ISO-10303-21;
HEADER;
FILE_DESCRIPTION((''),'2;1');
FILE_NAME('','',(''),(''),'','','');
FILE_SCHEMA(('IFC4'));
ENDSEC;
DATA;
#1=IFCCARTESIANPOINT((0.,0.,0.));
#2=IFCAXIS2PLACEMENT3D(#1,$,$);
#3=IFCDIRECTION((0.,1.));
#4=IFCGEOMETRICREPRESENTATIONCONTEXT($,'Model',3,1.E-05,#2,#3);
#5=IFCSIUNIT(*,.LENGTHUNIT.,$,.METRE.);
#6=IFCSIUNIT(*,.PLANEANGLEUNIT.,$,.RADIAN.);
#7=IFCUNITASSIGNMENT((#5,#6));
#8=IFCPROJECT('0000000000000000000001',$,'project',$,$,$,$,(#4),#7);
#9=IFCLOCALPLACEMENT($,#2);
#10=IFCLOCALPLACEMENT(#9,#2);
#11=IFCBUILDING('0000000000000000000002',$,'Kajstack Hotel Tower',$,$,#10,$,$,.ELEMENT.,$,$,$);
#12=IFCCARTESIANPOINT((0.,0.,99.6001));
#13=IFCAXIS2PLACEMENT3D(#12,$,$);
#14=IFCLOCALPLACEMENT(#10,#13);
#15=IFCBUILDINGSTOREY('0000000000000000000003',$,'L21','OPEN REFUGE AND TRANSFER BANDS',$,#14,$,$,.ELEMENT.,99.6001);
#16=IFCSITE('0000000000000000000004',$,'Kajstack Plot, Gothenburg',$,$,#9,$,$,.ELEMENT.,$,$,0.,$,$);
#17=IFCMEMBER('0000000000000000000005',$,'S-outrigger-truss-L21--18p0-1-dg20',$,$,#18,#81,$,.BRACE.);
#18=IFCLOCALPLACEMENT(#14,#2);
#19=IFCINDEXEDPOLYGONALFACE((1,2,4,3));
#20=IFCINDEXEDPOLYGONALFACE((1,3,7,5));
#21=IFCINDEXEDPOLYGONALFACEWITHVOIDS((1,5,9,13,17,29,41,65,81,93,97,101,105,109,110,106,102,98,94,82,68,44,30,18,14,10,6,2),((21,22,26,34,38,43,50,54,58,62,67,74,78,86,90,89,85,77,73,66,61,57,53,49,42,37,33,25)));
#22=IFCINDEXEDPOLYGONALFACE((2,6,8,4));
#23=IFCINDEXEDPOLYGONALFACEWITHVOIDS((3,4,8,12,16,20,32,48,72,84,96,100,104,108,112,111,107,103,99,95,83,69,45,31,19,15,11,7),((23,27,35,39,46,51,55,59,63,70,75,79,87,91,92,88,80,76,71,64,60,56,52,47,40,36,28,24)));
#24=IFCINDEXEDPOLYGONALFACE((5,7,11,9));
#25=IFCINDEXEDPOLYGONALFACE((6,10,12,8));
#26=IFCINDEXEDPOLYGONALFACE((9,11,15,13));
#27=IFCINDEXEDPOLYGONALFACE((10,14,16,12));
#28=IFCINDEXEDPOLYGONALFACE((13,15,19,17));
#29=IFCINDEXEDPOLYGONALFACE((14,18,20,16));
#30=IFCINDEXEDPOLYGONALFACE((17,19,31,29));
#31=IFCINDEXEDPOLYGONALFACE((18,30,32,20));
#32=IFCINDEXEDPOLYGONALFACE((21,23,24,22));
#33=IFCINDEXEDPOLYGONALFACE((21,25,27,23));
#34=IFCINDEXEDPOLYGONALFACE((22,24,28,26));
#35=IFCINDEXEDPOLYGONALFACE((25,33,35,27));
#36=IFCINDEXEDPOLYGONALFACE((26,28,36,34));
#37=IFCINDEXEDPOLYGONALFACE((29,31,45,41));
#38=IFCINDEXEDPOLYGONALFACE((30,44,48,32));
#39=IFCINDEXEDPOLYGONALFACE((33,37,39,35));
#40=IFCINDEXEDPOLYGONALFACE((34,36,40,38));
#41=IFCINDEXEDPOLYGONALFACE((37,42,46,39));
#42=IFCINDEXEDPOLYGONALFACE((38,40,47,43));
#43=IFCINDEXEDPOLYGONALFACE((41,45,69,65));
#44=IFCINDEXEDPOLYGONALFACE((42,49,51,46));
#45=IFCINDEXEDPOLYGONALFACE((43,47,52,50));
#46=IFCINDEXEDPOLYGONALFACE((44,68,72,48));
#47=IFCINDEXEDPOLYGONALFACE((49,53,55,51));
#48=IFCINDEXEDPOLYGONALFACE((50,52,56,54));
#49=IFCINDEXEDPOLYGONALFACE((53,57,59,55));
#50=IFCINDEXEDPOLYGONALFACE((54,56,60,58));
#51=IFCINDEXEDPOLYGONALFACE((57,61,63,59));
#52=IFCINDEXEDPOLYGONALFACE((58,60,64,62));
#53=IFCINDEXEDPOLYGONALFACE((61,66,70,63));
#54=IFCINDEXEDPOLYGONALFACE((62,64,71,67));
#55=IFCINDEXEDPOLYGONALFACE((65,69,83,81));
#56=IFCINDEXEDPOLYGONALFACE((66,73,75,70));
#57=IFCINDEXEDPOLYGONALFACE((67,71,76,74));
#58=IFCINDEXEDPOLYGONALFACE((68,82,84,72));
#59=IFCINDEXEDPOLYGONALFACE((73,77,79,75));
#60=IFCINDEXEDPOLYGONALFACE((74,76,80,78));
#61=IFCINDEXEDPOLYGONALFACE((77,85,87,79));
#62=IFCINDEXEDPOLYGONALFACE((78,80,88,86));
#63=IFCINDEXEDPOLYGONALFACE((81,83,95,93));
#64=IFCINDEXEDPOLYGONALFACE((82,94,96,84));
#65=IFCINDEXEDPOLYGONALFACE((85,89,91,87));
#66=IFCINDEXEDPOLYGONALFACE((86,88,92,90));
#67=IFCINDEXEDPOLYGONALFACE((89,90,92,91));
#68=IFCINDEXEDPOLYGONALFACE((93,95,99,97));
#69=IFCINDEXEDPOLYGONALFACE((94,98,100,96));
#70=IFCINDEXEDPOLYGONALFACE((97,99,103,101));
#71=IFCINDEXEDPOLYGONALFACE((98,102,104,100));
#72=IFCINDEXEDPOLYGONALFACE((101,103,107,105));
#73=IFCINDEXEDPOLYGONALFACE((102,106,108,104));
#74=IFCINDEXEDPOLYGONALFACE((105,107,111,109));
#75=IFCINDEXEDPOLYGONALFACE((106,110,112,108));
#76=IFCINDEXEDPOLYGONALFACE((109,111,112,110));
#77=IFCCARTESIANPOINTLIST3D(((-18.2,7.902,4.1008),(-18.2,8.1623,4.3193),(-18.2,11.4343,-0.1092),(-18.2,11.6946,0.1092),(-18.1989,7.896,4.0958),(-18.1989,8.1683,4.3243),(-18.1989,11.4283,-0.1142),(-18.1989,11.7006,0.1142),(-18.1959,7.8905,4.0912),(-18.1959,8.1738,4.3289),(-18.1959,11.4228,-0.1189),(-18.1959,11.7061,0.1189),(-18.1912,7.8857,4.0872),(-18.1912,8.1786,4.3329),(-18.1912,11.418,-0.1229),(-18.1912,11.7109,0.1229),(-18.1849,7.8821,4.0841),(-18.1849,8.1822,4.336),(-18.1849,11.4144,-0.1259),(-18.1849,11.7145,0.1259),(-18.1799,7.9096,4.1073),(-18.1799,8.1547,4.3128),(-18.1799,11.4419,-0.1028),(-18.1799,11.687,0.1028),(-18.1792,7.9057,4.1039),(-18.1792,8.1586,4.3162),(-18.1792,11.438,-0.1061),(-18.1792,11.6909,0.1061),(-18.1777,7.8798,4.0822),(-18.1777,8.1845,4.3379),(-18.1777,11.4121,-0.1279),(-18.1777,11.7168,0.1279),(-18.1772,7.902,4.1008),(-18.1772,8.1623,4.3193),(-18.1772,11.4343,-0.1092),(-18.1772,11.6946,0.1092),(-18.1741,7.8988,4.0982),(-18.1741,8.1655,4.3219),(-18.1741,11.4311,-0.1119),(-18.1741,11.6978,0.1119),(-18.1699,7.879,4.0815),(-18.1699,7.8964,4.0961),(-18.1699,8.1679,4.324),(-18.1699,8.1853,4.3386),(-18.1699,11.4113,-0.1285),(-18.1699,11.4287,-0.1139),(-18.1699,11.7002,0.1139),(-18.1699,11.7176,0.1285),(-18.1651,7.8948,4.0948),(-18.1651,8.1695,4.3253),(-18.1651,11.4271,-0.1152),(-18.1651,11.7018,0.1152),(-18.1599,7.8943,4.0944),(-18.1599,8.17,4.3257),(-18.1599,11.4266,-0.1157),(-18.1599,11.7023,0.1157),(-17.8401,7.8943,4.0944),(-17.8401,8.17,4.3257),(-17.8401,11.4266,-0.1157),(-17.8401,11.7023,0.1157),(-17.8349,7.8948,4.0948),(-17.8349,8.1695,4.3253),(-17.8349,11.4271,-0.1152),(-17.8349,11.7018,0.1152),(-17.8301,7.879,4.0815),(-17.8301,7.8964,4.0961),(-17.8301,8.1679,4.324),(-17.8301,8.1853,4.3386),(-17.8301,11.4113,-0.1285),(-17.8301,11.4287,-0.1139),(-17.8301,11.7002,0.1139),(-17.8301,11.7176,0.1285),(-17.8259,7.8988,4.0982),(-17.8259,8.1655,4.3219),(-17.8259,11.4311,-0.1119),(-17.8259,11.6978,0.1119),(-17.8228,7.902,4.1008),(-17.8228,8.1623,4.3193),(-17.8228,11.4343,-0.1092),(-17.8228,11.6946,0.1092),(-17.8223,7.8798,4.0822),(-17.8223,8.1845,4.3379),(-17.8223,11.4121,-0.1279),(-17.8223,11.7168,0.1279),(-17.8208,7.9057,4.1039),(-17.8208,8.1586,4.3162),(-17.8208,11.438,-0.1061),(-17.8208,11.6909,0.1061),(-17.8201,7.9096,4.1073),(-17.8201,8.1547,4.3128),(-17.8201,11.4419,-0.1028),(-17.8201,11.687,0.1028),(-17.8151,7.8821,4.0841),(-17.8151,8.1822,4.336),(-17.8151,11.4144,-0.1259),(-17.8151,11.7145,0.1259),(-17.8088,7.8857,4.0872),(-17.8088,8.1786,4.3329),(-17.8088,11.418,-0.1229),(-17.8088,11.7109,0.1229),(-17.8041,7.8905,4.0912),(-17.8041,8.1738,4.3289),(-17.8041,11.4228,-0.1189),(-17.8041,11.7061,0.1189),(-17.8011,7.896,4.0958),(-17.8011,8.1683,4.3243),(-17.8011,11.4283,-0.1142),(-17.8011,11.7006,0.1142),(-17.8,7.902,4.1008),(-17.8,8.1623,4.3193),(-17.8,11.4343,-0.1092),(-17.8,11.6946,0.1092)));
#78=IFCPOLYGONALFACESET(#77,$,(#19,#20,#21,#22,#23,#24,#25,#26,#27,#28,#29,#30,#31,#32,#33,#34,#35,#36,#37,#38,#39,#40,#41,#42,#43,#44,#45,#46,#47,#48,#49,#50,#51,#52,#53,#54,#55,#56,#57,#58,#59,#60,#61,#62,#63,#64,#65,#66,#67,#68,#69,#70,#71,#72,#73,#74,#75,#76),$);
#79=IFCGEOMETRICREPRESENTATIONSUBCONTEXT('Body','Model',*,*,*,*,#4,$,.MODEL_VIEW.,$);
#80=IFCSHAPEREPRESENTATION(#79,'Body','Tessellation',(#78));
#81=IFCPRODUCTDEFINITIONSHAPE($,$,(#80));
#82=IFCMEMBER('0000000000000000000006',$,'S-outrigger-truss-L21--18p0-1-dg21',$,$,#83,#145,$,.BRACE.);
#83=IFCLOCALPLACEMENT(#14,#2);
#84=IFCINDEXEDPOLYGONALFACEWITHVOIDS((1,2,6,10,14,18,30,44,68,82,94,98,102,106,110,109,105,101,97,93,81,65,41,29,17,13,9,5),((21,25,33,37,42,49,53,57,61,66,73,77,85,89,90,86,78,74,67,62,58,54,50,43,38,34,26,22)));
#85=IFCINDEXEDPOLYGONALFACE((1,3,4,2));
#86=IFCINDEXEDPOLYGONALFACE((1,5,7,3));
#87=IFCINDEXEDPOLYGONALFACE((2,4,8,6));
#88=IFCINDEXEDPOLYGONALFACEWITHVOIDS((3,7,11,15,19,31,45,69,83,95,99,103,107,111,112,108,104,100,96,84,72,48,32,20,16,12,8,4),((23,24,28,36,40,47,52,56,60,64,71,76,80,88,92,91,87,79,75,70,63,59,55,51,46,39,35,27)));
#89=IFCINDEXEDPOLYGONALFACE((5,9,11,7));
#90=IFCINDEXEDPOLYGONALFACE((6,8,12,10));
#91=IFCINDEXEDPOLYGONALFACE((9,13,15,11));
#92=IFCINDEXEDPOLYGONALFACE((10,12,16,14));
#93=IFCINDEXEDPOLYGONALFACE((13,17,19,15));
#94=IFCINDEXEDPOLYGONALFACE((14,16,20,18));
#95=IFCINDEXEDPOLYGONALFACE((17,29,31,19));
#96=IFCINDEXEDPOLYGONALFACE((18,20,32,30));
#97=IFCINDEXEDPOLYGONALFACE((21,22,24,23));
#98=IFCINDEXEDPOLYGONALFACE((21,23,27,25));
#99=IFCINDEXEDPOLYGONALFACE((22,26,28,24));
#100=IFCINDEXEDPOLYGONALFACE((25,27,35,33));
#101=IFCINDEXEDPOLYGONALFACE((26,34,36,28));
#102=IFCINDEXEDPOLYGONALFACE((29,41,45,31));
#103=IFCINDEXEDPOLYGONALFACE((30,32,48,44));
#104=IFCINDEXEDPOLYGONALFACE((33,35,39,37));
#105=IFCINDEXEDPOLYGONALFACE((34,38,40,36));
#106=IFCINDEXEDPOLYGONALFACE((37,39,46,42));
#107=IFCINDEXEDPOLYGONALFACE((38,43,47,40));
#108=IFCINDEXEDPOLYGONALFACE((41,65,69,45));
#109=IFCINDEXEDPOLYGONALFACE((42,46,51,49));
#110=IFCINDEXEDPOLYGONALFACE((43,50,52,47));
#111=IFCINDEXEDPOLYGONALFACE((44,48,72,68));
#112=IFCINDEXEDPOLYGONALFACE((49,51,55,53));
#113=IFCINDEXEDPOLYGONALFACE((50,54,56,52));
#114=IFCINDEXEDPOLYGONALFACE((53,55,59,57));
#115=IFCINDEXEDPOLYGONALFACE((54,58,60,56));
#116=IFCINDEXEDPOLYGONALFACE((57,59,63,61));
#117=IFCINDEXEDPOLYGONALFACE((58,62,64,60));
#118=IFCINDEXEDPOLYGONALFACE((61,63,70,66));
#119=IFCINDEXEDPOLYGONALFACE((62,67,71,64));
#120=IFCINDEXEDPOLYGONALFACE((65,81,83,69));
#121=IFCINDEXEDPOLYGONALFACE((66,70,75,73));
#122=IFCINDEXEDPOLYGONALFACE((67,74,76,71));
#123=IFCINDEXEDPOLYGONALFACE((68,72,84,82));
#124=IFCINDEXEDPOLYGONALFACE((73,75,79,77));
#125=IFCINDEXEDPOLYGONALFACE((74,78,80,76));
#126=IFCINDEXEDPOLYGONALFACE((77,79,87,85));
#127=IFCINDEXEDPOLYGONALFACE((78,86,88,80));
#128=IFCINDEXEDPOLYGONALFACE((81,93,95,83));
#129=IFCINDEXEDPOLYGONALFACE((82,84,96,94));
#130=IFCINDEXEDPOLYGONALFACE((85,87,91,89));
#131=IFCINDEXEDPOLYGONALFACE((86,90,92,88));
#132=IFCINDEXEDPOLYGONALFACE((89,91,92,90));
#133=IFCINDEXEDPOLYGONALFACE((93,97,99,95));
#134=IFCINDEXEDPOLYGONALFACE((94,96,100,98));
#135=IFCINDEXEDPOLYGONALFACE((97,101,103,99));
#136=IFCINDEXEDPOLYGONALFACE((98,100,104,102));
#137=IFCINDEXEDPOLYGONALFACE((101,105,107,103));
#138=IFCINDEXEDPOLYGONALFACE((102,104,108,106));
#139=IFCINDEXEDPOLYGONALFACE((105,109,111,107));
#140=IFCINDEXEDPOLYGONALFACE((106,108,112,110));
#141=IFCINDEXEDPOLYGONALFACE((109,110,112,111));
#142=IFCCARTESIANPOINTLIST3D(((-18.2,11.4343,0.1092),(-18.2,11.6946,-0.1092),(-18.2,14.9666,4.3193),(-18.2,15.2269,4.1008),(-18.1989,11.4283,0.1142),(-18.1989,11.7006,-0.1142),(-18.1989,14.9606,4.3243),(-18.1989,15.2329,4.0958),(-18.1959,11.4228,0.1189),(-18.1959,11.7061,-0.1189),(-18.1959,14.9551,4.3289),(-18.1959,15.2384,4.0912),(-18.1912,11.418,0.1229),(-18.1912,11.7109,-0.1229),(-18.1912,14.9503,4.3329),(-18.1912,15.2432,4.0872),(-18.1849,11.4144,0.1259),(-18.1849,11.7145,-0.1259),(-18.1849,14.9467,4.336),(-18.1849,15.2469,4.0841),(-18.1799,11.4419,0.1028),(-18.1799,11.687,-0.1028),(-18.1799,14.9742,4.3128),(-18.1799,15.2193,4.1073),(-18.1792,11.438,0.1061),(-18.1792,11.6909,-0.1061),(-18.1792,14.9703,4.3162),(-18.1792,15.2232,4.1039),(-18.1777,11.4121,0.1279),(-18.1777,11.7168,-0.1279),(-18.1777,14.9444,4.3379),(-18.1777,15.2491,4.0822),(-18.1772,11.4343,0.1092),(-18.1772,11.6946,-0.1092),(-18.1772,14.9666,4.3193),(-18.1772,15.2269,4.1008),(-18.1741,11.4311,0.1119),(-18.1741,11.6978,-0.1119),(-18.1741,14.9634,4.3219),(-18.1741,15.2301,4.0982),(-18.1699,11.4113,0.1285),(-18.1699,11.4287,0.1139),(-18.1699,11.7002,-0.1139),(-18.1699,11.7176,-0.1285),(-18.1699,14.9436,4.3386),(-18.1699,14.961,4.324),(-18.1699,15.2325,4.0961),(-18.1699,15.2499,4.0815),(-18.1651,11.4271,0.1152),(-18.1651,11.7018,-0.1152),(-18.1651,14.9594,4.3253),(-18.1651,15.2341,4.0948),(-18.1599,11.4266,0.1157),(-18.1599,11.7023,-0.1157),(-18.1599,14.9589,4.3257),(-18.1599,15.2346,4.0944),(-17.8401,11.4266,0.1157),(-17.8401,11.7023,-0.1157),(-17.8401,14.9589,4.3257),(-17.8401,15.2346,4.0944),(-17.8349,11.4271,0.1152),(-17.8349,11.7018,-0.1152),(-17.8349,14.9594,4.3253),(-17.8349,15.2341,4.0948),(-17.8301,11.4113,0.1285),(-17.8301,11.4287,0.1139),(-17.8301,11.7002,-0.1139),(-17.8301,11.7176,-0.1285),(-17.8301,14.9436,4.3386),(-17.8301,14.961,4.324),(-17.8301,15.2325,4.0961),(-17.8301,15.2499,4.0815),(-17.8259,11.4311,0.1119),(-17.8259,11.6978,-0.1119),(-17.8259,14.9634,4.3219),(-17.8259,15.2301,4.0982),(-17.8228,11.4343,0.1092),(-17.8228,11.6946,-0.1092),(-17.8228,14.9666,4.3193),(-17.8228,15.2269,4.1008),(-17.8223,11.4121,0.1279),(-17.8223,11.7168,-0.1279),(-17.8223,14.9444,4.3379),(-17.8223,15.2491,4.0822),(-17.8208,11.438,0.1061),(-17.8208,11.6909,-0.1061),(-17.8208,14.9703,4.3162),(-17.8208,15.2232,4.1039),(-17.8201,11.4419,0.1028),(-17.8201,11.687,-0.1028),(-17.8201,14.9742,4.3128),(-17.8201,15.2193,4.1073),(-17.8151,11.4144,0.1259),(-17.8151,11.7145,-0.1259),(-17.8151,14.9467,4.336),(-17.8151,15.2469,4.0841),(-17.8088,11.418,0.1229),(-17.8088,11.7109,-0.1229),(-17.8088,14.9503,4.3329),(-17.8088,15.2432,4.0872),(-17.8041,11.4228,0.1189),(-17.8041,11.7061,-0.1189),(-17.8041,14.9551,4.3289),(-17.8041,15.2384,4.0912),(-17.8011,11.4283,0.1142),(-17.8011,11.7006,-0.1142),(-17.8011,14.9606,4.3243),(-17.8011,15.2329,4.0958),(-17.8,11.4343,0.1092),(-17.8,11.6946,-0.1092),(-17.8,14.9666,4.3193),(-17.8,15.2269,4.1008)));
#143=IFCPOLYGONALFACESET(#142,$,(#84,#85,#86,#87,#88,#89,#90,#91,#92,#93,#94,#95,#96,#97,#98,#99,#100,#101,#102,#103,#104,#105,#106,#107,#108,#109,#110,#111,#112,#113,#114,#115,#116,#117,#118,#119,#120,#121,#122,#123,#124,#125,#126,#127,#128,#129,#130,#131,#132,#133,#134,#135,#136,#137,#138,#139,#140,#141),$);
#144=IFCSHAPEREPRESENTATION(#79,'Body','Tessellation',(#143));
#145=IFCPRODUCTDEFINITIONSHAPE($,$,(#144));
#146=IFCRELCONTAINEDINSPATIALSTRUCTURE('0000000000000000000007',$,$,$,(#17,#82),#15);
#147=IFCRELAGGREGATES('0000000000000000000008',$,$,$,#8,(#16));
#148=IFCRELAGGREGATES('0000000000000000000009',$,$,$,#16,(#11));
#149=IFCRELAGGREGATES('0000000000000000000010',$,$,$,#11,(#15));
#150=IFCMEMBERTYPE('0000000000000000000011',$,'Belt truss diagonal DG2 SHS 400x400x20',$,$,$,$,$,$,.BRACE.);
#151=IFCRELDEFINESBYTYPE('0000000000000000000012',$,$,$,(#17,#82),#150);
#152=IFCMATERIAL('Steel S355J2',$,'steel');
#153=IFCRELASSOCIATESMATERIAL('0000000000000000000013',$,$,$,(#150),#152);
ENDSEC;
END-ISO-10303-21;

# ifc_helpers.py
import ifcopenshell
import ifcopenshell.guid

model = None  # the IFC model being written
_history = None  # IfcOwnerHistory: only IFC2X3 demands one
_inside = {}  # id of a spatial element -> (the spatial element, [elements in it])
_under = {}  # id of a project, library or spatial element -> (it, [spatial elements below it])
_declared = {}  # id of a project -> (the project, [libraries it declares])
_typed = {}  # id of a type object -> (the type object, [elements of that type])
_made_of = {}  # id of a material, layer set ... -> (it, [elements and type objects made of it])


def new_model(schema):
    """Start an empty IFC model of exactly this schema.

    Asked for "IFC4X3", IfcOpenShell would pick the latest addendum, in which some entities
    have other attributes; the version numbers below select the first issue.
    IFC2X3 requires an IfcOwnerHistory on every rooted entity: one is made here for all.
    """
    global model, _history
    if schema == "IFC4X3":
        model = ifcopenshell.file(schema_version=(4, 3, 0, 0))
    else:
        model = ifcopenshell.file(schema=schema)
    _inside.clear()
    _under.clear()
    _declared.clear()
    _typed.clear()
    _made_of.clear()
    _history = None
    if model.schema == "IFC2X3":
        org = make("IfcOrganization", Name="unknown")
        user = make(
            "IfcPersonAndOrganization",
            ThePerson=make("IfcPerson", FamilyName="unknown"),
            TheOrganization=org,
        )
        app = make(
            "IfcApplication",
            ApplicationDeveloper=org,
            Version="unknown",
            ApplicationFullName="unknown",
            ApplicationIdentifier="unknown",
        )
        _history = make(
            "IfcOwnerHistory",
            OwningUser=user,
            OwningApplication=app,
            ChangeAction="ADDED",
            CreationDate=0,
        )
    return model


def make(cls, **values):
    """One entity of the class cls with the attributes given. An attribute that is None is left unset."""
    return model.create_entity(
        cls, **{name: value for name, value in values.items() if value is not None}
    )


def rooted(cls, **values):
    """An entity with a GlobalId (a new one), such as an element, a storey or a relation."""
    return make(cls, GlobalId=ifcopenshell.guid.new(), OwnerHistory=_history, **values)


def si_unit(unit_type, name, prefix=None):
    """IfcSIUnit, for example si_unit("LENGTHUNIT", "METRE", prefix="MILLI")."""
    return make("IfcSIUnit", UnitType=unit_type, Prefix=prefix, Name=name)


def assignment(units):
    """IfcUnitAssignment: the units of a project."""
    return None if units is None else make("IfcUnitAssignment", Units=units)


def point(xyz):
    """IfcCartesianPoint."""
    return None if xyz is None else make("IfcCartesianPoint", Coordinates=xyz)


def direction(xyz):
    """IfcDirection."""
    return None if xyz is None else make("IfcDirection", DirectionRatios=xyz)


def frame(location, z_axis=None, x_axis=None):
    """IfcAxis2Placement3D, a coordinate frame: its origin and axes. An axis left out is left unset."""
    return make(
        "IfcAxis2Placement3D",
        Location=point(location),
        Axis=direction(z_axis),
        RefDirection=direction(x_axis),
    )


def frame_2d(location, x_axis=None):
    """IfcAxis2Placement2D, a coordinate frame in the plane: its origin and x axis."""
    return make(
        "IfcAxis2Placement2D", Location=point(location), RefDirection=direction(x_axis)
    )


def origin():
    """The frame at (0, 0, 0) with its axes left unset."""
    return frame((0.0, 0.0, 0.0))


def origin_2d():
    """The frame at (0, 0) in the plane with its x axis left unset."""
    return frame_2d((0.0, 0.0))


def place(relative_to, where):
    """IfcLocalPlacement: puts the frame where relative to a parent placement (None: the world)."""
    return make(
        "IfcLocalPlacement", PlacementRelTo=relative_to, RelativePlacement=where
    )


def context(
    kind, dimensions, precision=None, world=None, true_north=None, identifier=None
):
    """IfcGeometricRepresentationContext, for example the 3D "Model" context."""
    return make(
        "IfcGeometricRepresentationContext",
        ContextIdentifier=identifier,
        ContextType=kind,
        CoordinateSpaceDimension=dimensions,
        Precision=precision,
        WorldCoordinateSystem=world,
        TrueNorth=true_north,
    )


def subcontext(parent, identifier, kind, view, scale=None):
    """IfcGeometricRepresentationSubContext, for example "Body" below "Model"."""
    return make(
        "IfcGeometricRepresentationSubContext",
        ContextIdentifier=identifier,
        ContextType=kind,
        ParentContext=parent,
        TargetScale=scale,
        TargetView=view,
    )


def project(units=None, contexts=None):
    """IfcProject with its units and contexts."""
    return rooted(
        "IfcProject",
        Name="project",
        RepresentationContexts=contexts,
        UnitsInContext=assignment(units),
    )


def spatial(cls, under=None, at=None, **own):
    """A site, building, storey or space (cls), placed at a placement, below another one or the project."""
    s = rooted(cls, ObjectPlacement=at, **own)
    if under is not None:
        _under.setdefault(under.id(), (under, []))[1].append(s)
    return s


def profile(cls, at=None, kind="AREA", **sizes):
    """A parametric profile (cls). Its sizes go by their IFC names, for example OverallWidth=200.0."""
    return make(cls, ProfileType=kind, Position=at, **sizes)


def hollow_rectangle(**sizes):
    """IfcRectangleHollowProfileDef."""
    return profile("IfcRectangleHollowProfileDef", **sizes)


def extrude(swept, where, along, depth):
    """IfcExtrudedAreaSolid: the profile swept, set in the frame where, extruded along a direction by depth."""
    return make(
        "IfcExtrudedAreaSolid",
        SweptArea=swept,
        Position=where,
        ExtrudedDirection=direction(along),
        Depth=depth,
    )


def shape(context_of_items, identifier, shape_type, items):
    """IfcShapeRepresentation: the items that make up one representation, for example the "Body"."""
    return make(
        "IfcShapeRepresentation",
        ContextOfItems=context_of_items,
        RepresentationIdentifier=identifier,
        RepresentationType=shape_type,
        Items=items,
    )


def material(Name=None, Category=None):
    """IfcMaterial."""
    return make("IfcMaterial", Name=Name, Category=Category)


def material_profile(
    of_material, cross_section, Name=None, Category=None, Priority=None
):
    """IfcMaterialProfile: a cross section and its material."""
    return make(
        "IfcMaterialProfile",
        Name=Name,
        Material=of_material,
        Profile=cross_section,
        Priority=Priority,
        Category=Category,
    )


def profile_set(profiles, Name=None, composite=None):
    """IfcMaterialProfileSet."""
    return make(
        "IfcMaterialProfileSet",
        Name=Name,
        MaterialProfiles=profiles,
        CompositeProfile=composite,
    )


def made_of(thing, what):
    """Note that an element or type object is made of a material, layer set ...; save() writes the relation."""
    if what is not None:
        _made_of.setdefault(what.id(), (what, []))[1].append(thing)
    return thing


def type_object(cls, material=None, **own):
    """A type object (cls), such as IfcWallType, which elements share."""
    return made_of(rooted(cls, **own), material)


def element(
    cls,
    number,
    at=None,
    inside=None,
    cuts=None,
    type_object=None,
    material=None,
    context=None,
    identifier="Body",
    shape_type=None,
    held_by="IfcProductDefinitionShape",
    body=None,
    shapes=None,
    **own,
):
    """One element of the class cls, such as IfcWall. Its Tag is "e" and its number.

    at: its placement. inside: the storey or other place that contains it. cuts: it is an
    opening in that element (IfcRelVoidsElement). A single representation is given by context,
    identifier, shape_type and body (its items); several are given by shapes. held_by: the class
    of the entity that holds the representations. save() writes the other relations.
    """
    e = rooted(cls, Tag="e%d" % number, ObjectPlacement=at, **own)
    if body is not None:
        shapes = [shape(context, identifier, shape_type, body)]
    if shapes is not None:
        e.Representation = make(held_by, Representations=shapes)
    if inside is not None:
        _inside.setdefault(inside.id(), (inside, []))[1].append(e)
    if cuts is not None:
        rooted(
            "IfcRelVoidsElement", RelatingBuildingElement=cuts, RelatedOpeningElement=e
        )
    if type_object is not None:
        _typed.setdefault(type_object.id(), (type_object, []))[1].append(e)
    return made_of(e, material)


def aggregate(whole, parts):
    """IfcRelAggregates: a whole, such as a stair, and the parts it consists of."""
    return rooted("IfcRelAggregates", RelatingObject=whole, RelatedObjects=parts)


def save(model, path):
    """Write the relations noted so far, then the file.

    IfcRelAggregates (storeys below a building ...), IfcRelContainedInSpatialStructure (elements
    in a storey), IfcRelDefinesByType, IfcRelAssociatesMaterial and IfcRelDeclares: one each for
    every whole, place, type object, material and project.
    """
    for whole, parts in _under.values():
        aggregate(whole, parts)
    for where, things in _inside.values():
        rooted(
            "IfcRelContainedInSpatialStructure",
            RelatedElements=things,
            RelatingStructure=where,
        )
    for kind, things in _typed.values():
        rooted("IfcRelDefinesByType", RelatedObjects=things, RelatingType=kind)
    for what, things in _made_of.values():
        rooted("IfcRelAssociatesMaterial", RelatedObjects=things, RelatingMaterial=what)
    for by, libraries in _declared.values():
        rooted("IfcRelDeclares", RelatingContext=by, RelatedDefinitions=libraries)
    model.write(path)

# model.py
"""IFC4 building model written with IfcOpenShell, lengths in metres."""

from ifc_helpers import new_model, si_unit, direction, frame, origin, origin_2d, place, context, subcontext, project, spatial, hollow_rectangle, extrude, material, material_profile, profile_set, type_object, element, save


model = new_model("IFC4")

# Units and contexts
model_context = context("Model", 3, precision=1e-05, world=origin(), true_north=direction((0.0, 1.0)))
body_context = subcontext(model_context, "Body", "Model", "MODEL_VIEW")
ifc_project = project(units=[si_unit("LENGTHUNIT", "METRE"), si_unit("PLANEANGLEUNIT", "RADIAN")], contexts=[model_context])

# Site, building, storey
site_placement = place(None, origin())
site = spatial("IfcSite", under=ifc_project, at=site_placement, Name="Kajstack Plot, Gothenburg", CompositionType="ELEMENT", RefElevation=0.0)
building_placement = place(site_placement, origin())
building = spatial("IfcBuilding", under=site, at=building_placement, Name="Kajstack Hotel Tower", CompositionType="ELEMENT")
storey_placement = place(building_placement, frame((0.0, 0.0, 99.6001)))
storey = spatial("IfcBuildingStorey", under=building, at=storey_placement, Name="L21", Description="OPEN REFUGE AND TRANSFER BANDS", CompositionType="ELEMENT", Elevation=99.6001)

# Members
ifc_material_1 = material(Name="Steel S355J2", Category="steel")
ifc_material_profile_1 = material_profile(ifc_material_1, hollow_rectangle(XDim=0.3999, YDim=0.3999, WallThickness=0.02, InnerFilletRadius=0.02, OuterFilletRadius=0.03, at=origin_2d()), Name="SHS 400x400x20")
ifc_profile_set_1 = profile_set([ifc_material_profile_1], Name="Steel S355J2")
member_type_1 = type_object("IfcMemberType", Name="Belt truss diagonal DG2 SHS 400x400x20", PredefinedType="BRACE", material=ifc_profile_set_1)
for number, where, z_axis, x_axis, name in (
    (1, (-18.0, 11.5645, 0.0), (0.0, -0.64275, 0.766076), (1.0, 0.0, 0.0), "S-outrigger-truss-L21--18p0-1-dg20"),
    (2, (-18.0, 11.5645, 0.0), (0.0, 0.64275, 0.766076), (-1.0, 0.0, 0.0), "S-outrigger-truss-L21--18p0-1-dg21"),
):
    element("IfcMember", number, at=place(storey_placement, frame(where, z_axis=z_axis, x_axis=x_axis)), inside=storey, type_object=member_type_1, Name=name, PredefinedType="BRACE", context=body_context, shape_type="SweptSolid", body=[
        extrude(hollow_rectangle(XDim=0.3999, YDim=0.3999, WallThickness=0.02, InnerFilletRadius=0.02, OuterFilletRadius=0.03, at=origin_2d()), origin(), (0.0, 0.0, 1.0), 5.4956),
    ])

save(model, "model.ifc")
